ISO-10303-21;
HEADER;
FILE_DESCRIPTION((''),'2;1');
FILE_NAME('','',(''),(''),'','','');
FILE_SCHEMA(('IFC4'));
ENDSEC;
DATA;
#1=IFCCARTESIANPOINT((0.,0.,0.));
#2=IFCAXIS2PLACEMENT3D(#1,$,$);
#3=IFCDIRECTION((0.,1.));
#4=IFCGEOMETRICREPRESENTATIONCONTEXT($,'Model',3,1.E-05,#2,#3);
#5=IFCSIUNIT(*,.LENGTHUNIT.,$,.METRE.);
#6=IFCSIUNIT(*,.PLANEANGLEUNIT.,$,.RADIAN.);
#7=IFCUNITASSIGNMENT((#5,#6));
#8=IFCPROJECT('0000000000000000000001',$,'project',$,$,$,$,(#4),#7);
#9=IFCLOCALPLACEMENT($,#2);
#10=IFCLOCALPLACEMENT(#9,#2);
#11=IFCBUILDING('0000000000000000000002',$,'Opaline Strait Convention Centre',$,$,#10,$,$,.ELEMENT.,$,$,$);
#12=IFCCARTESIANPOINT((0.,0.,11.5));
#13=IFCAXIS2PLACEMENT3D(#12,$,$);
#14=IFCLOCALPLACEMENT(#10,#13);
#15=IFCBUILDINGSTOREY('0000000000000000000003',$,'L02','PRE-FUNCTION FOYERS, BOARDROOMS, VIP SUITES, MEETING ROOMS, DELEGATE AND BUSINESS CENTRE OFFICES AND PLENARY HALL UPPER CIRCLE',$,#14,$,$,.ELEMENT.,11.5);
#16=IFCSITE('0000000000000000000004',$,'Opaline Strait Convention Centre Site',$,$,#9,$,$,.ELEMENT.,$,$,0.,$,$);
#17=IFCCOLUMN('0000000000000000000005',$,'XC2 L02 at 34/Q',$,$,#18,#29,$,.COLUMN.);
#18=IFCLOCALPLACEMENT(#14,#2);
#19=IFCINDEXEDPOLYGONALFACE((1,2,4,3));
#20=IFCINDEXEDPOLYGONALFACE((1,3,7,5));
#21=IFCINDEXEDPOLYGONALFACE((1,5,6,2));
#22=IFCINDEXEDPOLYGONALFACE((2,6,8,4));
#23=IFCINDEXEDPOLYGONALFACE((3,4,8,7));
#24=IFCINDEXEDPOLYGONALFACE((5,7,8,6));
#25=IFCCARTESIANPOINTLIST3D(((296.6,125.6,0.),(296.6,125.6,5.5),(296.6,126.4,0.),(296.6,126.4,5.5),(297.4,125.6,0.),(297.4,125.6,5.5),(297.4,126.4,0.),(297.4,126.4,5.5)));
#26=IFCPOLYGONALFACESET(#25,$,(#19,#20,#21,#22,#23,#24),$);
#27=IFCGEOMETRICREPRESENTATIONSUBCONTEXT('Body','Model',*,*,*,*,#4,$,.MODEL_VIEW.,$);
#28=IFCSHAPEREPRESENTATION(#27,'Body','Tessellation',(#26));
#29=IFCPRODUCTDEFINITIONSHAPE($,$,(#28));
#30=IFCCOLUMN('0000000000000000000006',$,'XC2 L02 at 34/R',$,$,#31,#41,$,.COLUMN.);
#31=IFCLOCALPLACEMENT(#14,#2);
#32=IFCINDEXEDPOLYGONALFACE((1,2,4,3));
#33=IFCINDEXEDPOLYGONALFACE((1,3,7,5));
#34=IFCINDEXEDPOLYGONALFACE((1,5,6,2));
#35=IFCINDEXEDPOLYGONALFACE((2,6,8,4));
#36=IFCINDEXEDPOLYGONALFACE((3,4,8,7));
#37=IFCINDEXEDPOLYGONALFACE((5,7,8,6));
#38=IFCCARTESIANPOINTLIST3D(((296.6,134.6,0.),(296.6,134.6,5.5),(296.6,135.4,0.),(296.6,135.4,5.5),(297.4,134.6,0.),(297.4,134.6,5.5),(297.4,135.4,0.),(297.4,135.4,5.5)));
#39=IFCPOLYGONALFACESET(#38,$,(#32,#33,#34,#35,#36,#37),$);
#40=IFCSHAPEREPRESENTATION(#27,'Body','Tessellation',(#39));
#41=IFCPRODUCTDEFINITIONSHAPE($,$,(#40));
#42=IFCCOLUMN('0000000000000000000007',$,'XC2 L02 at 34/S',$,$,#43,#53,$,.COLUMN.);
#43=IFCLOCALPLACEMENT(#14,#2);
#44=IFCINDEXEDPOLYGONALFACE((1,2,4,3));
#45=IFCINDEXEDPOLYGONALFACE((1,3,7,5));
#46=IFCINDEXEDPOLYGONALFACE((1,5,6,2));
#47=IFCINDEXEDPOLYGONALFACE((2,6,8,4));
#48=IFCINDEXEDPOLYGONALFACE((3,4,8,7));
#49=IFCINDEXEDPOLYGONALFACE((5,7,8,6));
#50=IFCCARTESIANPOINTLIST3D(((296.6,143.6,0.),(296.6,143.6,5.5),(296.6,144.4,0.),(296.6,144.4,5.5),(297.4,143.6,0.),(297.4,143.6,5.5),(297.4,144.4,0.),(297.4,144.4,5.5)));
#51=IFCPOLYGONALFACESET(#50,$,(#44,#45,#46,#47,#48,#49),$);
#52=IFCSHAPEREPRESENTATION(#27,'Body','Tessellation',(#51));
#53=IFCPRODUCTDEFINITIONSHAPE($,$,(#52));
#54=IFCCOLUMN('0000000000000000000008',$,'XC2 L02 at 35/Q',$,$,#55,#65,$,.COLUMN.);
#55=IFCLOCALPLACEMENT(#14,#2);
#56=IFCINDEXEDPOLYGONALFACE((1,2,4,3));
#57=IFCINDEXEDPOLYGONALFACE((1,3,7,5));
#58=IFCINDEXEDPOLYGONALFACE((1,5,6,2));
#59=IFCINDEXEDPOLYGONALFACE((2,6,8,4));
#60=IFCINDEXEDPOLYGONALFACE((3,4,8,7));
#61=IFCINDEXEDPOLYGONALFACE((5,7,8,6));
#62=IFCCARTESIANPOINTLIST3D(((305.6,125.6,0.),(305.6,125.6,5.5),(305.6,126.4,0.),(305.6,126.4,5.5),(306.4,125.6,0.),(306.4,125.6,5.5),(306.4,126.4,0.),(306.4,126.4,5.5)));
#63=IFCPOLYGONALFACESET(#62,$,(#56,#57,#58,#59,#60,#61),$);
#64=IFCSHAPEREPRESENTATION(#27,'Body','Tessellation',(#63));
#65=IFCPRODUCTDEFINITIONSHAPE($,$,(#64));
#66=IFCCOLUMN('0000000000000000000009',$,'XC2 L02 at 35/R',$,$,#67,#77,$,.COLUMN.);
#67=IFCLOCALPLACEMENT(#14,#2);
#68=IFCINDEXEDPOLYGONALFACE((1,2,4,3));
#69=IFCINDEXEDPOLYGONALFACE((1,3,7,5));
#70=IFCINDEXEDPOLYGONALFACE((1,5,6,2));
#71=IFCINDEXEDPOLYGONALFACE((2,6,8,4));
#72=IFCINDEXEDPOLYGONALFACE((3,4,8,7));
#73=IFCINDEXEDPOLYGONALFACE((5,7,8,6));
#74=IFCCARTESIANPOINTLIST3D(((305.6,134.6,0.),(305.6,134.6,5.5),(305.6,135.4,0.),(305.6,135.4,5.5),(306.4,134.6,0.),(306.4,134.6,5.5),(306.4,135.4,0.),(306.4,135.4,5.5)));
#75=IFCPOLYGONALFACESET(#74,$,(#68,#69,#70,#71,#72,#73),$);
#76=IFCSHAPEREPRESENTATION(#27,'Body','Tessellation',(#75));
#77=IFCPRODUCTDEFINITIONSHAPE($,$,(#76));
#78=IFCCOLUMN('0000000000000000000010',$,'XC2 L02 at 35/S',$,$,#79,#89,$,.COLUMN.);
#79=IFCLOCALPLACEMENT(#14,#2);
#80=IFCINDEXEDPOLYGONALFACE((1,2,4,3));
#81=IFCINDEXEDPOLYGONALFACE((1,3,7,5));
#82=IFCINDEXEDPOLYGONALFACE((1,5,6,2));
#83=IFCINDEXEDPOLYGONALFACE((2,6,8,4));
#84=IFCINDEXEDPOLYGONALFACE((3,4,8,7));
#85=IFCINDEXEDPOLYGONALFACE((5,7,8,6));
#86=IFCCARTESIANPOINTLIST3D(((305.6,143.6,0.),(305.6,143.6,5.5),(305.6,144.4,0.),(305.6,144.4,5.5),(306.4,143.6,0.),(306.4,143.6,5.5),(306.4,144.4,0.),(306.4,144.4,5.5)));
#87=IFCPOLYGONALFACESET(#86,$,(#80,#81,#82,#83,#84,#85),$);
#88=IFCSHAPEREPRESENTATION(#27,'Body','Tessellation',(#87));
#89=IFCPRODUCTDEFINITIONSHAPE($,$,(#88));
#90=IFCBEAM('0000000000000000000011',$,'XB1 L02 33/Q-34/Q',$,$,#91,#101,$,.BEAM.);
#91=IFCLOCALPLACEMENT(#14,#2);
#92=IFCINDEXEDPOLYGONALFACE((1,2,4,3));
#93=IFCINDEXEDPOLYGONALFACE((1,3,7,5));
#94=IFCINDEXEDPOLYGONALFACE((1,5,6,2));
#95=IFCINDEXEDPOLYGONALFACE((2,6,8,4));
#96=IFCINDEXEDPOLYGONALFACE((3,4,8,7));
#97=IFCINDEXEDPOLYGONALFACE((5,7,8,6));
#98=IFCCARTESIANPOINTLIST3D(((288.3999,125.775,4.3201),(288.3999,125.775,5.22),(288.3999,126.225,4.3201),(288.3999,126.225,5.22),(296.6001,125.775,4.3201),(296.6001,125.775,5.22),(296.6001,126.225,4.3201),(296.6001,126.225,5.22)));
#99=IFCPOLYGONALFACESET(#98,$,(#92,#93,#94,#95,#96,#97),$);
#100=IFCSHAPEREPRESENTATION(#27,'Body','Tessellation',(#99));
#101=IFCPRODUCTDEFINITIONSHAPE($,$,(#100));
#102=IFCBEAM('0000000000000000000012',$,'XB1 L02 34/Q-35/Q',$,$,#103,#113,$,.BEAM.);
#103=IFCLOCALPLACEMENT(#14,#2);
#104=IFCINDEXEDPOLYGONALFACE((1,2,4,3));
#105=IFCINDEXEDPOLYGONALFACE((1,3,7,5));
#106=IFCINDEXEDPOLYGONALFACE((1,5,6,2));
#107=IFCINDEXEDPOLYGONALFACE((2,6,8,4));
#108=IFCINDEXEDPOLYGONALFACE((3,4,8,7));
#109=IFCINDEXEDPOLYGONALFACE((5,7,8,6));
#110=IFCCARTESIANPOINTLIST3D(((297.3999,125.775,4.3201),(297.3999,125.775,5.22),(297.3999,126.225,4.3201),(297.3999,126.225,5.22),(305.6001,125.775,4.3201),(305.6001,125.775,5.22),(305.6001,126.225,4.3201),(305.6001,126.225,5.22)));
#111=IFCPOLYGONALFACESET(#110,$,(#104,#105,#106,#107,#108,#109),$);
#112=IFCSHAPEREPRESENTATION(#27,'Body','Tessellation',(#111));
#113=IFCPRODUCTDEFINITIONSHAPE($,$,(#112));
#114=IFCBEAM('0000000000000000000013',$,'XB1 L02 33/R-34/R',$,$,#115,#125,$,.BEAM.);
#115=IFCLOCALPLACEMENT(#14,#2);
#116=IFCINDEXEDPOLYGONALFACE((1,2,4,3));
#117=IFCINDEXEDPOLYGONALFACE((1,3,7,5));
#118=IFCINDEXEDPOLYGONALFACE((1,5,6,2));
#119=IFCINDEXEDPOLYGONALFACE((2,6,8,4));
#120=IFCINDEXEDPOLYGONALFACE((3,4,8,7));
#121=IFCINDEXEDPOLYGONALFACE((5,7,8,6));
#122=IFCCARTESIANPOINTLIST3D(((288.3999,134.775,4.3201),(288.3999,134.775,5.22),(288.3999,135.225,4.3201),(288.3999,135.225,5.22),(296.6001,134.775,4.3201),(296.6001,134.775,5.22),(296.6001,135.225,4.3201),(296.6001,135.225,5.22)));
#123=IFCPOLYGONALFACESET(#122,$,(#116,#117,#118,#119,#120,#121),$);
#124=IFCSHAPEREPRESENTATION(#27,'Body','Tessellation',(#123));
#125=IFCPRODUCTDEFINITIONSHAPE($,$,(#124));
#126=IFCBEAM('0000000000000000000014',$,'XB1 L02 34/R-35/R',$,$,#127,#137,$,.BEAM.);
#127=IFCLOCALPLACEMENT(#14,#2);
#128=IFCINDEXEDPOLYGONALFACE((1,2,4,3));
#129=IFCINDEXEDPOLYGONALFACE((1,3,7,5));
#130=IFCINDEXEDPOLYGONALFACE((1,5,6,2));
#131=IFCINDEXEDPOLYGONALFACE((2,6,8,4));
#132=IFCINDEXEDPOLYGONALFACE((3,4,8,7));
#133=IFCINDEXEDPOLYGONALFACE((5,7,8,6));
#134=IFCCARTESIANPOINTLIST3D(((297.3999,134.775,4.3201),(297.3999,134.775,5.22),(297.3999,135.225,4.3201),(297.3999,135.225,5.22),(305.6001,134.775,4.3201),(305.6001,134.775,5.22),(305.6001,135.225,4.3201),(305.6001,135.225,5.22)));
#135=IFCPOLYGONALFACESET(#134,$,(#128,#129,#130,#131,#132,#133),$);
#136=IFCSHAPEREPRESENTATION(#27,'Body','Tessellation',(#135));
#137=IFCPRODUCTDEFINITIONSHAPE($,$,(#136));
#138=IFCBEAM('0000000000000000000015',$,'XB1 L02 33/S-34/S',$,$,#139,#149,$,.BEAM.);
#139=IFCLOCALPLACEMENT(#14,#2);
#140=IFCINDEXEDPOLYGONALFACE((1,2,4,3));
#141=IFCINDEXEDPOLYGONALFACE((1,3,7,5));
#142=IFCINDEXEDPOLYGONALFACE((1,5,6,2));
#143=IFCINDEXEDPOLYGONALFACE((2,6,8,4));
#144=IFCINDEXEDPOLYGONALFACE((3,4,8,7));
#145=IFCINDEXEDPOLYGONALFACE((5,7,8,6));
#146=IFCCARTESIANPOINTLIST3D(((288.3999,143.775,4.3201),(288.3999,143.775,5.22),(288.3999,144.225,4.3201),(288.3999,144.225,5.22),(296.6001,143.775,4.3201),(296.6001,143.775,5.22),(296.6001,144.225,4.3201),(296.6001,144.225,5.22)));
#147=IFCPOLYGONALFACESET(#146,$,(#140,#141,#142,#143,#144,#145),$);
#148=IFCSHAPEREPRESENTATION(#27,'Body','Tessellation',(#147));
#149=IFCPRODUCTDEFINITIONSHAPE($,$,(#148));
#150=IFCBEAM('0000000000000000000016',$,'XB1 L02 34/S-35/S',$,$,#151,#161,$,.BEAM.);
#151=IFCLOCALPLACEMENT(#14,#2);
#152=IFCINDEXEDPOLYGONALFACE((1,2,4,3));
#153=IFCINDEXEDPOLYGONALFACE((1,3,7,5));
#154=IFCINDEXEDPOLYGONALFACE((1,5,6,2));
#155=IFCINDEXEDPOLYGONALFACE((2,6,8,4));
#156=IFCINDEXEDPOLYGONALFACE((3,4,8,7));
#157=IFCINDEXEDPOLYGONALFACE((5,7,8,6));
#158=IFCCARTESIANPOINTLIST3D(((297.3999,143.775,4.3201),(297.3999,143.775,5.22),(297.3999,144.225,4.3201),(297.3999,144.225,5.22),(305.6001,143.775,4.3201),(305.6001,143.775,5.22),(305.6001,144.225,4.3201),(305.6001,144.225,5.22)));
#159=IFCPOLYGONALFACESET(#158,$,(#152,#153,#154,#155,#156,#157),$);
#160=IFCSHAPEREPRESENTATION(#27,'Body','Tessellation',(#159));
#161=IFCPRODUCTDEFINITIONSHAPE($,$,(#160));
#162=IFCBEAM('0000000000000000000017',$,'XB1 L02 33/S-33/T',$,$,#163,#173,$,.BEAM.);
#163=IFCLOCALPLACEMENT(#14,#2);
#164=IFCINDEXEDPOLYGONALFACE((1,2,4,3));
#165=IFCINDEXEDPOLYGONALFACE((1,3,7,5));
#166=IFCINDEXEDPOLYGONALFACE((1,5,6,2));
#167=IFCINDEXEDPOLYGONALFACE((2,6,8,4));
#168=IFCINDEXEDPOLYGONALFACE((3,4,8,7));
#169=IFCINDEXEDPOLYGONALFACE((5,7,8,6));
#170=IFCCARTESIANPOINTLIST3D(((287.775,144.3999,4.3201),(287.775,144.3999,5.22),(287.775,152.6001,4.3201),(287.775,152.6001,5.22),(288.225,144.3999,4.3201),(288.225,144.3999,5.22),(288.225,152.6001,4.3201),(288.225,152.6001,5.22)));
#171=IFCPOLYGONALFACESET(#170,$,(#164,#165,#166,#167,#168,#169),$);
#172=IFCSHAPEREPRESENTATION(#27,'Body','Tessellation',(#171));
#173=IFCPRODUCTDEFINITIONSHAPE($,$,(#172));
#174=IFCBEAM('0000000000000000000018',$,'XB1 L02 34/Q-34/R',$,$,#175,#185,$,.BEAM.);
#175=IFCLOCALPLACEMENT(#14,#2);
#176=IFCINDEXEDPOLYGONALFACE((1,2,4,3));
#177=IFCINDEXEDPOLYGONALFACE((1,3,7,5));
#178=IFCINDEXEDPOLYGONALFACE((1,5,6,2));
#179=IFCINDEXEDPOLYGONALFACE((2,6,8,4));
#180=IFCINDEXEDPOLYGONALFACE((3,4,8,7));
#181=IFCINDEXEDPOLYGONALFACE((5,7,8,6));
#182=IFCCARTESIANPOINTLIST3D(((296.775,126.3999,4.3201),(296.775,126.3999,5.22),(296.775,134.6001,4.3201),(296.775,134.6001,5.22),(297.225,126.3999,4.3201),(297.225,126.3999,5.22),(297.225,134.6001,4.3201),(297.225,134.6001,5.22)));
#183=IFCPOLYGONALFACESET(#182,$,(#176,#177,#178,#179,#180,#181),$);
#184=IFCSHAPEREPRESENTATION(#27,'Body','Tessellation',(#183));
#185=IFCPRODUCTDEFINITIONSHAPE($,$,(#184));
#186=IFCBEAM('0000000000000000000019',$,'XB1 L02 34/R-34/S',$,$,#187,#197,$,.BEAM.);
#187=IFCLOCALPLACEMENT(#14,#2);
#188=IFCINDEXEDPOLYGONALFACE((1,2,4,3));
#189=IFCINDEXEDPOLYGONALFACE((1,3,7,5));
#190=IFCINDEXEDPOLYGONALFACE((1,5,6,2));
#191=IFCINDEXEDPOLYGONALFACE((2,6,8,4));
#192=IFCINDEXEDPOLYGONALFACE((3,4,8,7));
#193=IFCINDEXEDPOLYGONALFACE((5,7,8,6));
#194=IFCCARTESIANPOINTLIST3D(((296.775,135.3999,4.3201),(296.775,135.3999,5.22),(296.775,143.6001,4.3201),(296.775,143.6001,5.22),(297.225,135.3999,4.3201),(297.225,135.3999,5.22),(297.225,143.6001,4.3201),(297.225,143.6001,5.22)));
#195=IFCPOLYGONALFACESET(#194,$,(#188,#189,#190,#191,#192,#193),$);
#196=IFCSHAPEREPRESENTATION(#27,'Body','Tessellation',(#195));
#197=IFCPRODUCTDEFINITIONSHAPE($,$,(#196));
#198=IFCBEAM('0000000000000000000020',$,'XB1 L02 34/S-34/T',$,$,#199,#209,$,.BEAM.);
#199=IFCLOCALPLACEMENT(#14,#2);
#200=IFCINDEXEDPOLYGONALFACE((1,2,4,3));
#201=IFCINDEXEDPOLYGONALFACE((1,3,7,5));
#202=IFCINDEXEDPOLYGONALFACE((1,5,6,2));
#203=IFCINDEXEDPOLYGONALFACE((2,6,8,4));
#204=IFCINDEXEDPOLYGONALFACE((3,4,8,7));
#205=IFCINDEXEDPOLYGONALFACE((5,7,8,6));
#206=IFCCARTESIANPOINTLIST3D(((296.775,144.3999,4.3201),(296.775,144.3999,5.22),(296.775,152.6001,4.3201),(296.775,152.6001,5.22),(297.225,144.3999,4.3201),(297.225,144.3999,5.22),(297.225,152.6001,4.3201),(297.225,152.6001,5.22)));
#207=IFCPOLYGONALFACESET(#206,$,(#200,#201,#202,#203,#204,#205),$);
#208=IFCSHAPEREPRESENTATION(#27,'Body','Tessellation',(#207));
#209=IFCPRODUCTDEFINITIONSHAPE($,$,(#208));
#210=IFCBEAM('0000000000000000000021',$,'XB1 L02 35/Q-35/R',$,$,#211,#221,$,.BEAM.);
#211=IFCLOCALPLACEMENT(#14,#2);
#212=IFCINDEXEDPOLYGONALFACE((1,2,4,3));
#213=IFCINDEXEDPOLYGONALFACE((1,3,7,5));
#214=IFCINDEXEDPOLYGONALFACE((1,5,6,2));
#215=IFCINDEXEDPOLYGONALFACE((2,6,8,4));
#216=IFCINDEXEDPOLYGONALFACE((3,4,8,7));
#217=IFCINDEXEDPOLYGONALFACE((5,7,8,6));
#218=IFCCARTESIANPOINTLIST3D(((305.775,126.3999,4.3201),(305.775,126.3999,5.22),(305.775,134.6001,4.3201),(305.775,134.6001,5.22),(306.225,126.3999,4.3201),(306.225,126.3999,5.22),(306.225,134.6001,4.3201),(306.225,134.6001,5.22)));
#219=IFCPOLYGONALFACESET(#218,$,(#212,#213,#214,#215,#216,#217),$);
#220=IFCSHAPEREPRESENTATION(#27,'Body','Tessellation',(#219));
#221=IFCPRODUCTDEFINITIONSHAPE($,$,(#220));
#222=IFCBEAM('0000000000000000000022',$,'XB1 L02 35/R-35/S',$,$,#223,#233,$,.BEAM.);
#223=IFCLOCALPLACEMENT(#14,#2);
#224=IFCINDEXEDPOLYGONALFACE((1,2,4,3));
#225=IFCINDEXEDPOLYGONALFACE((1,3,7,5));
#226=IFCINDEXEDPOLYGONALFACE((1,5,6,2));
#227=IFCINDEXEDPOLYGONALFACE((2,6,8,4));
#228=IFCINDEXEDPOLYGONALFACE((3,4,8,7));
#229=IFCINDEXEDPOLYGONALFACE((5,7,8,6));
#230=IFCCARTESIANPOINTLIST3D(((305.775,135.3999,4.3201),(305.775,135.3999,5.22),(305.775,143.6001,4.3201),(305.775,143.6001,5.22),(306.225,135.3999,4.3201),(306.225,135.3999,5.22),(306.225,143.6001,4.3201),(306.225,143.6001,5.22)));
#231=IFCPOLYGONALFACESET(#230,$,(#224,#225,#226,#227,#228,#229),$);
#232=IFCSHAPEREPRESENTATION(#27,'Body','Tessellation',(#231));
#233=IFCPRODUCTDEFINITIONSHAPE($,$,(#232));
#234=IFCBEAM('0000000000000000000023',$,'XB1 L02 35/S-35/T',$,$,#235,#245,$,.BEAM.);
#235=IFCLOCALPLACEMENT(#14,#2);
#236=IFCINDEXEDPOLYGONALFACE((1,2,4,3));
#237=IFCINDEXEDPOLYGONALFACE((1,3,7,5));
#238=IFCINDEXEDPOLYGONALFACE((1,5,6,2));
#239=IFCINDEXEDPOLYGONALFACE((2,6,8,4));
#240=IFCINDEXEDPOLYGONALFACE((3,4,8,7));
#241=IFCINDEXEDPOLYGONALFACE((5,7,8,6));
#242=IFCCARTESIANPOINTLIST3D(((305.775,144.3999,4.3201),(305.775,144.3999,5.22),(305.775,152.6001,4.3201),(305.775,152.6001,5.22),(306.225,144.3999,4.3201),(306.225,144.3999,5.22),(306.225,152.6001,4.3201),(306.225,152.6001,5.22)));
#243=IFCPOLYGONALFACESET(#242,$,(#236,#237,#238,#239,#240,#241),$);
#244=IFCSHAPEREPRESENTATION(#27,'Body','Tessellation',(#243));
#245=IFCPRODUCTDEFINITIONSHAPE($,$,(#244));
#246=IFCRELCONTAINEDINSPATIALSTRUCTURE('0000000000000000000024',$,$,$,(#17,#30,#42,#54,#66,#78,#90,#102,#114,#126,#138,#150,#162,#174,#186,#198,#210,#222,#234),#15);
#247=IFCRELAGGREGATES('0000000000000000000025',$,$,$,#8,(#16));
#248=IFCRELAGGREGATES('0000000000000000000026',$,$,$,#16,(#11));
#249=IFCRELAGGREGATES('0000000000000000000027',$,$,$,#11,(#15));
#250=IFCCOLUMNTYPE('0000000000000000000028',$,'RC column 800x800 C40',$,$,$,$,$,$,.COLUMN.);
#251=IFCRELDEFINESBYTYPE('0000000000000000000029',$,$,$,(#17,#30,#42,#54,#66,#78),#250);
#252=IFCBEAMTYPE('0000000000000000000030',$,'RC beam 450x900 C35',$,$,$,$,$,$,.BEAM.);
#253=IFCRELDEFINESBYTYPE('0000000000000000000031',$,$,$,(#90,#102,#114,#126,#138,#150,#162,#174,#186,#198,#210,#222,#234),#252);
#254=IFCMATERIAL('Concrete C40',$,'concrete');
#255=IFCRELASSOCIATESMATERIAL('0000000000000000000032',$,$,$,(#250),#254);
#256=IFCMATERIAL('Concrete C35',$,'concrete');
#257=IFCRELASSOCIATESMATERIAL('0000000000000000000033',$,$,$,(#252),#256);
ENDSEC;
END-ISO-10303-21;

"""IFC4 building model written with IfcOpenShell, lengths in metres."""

from ifc_helpers import new_model, si_unit, direction, frame, origin, origin_2d, place, context, subcontext, project, spatial, rectangle, extrude, material, material_profile, profile_set, type_object, element, save


model = new_model("IFC4")

# Units and contexts
model_context = context("Model", 3, precision=1e-05, world=origin(), true_north=direction((0.0, 1.0)))
body_context = subcontext(model_context, "Body", "Model", "MODEL_VIEW")
ifc_project = project(units=[si_unit("LENGTHUNIT", "METRE"), si_unit("PLANEANGLEUNIT", "RADIAN")], contexts=[model_context])

# Site, building, storey
site_placement = place(None, origin())
site = spatial("IfcSite", under=ifc_project, at=site_placement, Name="Opaline Strait Convention Centre Site", CompositionType="ELEMENT", RefElevation=0.0)
building_placement = place(site_placement, origin())
building = spatial("IfcBuilding", under=site, at=building_placement, Name="Opaline Strait Convention Centre", CompositionType="ELEMENT")
storey_placement = place(building_placement, frame((0.0, 0.0, 11.5)))
storey = spatial("IfcBuildingStorey", under=building, at=storey_placement, Name="L02", Description="PRE-FUNCTION FOYERS, BOARDROOMS, VIP SUITES, MEETING ROOMS, DELEGATE AND BUSINESS CENTRE OFFICES AND PLENARY HALL UPPER CIRCLE", CompositionType="ELEMENT", Elevation=11.5)

# Columns
ifc_material_1 = material(Name="Concrete C40", Category="concrete")
ifc_material_profile_1 = material_profile(ifc_material_1, rectangle(XDim=0.8, YDim=0.8, at=origin_2d()), Name="RC 800x800")
ifc_profile_set_1 = profile_set([ifc_material_profile_1], Name="Concrete C40")
column_type = type_object("IfcColumnType", Name="RC column 800x800 C40", PredefinedType="COLUMN", material=ifc_profile_set_1)
for number, where, z_axis, x_axis, name in (
    (1, (297.0, 126.0, 0.0), (0.0, 0.0, 1.0), (1.0, 0.0, 0.0), "XC2 L02 at 34/Q"),
    (2, (297.0, 135.0, 0.0), (0.0, 0.0, 1.0), (1.0, 0.0, 0.0), "XC2 L02 at 34/R"),
    (3, (297.0, 144.0, 0.0), (0.0, 0.0, 1.0), (1.0, 0.0, 0.0), "XC2 L02 at 34/S"),
    (4, (306.0, 126.0, 0.0), (0.0, 0.0, 1.0), (1.0, 0.0, 0.0), "XC2 L02 at 35/Q"),
    (5, (306.0, 135.0, 0.0), (0.0, 0.0, 1.0), (1.0, 0.0, 0.0), "XC2 L02 at 35/R"),
    (6, (306.0, 144.0, 0.0), (0.0, 0.0, 1.0), (1.0, 0.0, 0.0), "XC2 L02 at 35/S"),
):
    element("IfcColumn", number, at=place(storey_placement, frame(where, z_axis=z_axis, x_axis=x_axis)), inside=storey, type_object=column_type, Name=name, PredefinedType="COLUMN", context=body_context, shape_type="SweptSolid", body=[
        extrude(rectangle(XDim=0.8, YDim=0.8, at=origin_2d()), origin(), (0.0, 0.0, 1.0), 5.5),
    ])

# Beams
ifc_material_2 = material(Name="Concrete C35", Category="concrete")
ifc_material_profile_2 = material_profile(ifc_material_2, rectangle(XDim=0.45, YDim=0.8999, at=origin_2d()), Name="RC 450x900")
ifc_profile_set_2 = profile_set([ifc_material_profile_2], Name="Concrete C35")
beam_type = type_object("IfcBeamType", Name="RC beam 450x900 C35", PredefinedType="BEAM", material=ifc_profile_set_2)
for number, where, z_axis, x_axis, name in (
    (7, (288.3999, 126.0, 4.77), (1.0, 0.0, 0.0), (0.0, 1.0, 0.0), "XB1 L02 33/Q-34/Q"),
    (8, (297.3999, 126.0, 4.77), (1.0, 0.0, 0.0), (0.0, 1.0, 0.0), "XB1 L02 34/Q-35/Q"),
    (9, (288.3999, 135.0, 4.77), (1.0, 0.0, 0.0), (0.0, 1.0, 0.0), "XB1 L02 33/R-34/R"),
    (10, (297.3999, 135.0, 4.77), (1.0, 0.0, 0.0), (0.0, 1.0, 0.0), "XB1 L02 34/R-35/R"),
    (11, (288.3999, 144.0, 4.77), (1.0, 0.0, 0.0), (0.0, 1.0, 0.0), "XB1 L02 33/S-34/S"),
    (12, (297.3999, 144.0, 4.77), (1.0, 0.0, 0.0), (0.0, 1.0, 0.0), "XB1 L02 34/S-35/S"),
    (13, (288.0, 144.3999, 4.77), (0.0, 1.0, 0.0), (-1.0, 0.0, 0.0), "XB1 L02 33/S-33/T"),
    (14, (297.0, 126.3999, 4.77), (0.0, 1.0, 0.0), (-1.0, 0.0, 0.0), "XB1 L02 34/Q-34/R"),
    (15, (297.0, 135.3999, 4.77), (0.0, 1.0, 0.0), (-1.0, 0.0, 0.0), "XB1 L02 34/R-34/S"),
    (16, (297.0, 144.3999, 4.77), (0.0, 1.0, 0.0), (-1.0, 0.0, 0.0), "XB1 L02 34/S-34/T"),
    (17, (306.0, 126.3999, 4.77), (0.0, 1.0, 0.0), (-1.0, 0.0, 0.0), "XB1 L02 35/Q-35/R"),
    (18, (306.0, 135.3999, 4.77), (0.0, 1.0, 0.0), (-1.0, 0.0, 0.0), "XB1 L02 35/R-35/S"),
    (19, (306.0, 144.3999, 4.77), (0.0, 1.0, 0.0), (-1.0, 0.0, 0.0), "XB1 L02 35/S-35/T"),
):
    element("IfcBeam", number, at=place(storey_placement, frame(where, z_axis=z_axis, x_axis=x_axis)), inside=storey, type_object=beam_type, Name=name, PredefinedType="BEAM", context=body_context, shape_type="SweptSolid", body=[
        extrude(rectangle(XDim=0.45, YDim=0.8999, at=origin_2d()), origin(), (0.0, 0.0, 1.0), 8.2002),
    ])

save(model, "model.ifc")
